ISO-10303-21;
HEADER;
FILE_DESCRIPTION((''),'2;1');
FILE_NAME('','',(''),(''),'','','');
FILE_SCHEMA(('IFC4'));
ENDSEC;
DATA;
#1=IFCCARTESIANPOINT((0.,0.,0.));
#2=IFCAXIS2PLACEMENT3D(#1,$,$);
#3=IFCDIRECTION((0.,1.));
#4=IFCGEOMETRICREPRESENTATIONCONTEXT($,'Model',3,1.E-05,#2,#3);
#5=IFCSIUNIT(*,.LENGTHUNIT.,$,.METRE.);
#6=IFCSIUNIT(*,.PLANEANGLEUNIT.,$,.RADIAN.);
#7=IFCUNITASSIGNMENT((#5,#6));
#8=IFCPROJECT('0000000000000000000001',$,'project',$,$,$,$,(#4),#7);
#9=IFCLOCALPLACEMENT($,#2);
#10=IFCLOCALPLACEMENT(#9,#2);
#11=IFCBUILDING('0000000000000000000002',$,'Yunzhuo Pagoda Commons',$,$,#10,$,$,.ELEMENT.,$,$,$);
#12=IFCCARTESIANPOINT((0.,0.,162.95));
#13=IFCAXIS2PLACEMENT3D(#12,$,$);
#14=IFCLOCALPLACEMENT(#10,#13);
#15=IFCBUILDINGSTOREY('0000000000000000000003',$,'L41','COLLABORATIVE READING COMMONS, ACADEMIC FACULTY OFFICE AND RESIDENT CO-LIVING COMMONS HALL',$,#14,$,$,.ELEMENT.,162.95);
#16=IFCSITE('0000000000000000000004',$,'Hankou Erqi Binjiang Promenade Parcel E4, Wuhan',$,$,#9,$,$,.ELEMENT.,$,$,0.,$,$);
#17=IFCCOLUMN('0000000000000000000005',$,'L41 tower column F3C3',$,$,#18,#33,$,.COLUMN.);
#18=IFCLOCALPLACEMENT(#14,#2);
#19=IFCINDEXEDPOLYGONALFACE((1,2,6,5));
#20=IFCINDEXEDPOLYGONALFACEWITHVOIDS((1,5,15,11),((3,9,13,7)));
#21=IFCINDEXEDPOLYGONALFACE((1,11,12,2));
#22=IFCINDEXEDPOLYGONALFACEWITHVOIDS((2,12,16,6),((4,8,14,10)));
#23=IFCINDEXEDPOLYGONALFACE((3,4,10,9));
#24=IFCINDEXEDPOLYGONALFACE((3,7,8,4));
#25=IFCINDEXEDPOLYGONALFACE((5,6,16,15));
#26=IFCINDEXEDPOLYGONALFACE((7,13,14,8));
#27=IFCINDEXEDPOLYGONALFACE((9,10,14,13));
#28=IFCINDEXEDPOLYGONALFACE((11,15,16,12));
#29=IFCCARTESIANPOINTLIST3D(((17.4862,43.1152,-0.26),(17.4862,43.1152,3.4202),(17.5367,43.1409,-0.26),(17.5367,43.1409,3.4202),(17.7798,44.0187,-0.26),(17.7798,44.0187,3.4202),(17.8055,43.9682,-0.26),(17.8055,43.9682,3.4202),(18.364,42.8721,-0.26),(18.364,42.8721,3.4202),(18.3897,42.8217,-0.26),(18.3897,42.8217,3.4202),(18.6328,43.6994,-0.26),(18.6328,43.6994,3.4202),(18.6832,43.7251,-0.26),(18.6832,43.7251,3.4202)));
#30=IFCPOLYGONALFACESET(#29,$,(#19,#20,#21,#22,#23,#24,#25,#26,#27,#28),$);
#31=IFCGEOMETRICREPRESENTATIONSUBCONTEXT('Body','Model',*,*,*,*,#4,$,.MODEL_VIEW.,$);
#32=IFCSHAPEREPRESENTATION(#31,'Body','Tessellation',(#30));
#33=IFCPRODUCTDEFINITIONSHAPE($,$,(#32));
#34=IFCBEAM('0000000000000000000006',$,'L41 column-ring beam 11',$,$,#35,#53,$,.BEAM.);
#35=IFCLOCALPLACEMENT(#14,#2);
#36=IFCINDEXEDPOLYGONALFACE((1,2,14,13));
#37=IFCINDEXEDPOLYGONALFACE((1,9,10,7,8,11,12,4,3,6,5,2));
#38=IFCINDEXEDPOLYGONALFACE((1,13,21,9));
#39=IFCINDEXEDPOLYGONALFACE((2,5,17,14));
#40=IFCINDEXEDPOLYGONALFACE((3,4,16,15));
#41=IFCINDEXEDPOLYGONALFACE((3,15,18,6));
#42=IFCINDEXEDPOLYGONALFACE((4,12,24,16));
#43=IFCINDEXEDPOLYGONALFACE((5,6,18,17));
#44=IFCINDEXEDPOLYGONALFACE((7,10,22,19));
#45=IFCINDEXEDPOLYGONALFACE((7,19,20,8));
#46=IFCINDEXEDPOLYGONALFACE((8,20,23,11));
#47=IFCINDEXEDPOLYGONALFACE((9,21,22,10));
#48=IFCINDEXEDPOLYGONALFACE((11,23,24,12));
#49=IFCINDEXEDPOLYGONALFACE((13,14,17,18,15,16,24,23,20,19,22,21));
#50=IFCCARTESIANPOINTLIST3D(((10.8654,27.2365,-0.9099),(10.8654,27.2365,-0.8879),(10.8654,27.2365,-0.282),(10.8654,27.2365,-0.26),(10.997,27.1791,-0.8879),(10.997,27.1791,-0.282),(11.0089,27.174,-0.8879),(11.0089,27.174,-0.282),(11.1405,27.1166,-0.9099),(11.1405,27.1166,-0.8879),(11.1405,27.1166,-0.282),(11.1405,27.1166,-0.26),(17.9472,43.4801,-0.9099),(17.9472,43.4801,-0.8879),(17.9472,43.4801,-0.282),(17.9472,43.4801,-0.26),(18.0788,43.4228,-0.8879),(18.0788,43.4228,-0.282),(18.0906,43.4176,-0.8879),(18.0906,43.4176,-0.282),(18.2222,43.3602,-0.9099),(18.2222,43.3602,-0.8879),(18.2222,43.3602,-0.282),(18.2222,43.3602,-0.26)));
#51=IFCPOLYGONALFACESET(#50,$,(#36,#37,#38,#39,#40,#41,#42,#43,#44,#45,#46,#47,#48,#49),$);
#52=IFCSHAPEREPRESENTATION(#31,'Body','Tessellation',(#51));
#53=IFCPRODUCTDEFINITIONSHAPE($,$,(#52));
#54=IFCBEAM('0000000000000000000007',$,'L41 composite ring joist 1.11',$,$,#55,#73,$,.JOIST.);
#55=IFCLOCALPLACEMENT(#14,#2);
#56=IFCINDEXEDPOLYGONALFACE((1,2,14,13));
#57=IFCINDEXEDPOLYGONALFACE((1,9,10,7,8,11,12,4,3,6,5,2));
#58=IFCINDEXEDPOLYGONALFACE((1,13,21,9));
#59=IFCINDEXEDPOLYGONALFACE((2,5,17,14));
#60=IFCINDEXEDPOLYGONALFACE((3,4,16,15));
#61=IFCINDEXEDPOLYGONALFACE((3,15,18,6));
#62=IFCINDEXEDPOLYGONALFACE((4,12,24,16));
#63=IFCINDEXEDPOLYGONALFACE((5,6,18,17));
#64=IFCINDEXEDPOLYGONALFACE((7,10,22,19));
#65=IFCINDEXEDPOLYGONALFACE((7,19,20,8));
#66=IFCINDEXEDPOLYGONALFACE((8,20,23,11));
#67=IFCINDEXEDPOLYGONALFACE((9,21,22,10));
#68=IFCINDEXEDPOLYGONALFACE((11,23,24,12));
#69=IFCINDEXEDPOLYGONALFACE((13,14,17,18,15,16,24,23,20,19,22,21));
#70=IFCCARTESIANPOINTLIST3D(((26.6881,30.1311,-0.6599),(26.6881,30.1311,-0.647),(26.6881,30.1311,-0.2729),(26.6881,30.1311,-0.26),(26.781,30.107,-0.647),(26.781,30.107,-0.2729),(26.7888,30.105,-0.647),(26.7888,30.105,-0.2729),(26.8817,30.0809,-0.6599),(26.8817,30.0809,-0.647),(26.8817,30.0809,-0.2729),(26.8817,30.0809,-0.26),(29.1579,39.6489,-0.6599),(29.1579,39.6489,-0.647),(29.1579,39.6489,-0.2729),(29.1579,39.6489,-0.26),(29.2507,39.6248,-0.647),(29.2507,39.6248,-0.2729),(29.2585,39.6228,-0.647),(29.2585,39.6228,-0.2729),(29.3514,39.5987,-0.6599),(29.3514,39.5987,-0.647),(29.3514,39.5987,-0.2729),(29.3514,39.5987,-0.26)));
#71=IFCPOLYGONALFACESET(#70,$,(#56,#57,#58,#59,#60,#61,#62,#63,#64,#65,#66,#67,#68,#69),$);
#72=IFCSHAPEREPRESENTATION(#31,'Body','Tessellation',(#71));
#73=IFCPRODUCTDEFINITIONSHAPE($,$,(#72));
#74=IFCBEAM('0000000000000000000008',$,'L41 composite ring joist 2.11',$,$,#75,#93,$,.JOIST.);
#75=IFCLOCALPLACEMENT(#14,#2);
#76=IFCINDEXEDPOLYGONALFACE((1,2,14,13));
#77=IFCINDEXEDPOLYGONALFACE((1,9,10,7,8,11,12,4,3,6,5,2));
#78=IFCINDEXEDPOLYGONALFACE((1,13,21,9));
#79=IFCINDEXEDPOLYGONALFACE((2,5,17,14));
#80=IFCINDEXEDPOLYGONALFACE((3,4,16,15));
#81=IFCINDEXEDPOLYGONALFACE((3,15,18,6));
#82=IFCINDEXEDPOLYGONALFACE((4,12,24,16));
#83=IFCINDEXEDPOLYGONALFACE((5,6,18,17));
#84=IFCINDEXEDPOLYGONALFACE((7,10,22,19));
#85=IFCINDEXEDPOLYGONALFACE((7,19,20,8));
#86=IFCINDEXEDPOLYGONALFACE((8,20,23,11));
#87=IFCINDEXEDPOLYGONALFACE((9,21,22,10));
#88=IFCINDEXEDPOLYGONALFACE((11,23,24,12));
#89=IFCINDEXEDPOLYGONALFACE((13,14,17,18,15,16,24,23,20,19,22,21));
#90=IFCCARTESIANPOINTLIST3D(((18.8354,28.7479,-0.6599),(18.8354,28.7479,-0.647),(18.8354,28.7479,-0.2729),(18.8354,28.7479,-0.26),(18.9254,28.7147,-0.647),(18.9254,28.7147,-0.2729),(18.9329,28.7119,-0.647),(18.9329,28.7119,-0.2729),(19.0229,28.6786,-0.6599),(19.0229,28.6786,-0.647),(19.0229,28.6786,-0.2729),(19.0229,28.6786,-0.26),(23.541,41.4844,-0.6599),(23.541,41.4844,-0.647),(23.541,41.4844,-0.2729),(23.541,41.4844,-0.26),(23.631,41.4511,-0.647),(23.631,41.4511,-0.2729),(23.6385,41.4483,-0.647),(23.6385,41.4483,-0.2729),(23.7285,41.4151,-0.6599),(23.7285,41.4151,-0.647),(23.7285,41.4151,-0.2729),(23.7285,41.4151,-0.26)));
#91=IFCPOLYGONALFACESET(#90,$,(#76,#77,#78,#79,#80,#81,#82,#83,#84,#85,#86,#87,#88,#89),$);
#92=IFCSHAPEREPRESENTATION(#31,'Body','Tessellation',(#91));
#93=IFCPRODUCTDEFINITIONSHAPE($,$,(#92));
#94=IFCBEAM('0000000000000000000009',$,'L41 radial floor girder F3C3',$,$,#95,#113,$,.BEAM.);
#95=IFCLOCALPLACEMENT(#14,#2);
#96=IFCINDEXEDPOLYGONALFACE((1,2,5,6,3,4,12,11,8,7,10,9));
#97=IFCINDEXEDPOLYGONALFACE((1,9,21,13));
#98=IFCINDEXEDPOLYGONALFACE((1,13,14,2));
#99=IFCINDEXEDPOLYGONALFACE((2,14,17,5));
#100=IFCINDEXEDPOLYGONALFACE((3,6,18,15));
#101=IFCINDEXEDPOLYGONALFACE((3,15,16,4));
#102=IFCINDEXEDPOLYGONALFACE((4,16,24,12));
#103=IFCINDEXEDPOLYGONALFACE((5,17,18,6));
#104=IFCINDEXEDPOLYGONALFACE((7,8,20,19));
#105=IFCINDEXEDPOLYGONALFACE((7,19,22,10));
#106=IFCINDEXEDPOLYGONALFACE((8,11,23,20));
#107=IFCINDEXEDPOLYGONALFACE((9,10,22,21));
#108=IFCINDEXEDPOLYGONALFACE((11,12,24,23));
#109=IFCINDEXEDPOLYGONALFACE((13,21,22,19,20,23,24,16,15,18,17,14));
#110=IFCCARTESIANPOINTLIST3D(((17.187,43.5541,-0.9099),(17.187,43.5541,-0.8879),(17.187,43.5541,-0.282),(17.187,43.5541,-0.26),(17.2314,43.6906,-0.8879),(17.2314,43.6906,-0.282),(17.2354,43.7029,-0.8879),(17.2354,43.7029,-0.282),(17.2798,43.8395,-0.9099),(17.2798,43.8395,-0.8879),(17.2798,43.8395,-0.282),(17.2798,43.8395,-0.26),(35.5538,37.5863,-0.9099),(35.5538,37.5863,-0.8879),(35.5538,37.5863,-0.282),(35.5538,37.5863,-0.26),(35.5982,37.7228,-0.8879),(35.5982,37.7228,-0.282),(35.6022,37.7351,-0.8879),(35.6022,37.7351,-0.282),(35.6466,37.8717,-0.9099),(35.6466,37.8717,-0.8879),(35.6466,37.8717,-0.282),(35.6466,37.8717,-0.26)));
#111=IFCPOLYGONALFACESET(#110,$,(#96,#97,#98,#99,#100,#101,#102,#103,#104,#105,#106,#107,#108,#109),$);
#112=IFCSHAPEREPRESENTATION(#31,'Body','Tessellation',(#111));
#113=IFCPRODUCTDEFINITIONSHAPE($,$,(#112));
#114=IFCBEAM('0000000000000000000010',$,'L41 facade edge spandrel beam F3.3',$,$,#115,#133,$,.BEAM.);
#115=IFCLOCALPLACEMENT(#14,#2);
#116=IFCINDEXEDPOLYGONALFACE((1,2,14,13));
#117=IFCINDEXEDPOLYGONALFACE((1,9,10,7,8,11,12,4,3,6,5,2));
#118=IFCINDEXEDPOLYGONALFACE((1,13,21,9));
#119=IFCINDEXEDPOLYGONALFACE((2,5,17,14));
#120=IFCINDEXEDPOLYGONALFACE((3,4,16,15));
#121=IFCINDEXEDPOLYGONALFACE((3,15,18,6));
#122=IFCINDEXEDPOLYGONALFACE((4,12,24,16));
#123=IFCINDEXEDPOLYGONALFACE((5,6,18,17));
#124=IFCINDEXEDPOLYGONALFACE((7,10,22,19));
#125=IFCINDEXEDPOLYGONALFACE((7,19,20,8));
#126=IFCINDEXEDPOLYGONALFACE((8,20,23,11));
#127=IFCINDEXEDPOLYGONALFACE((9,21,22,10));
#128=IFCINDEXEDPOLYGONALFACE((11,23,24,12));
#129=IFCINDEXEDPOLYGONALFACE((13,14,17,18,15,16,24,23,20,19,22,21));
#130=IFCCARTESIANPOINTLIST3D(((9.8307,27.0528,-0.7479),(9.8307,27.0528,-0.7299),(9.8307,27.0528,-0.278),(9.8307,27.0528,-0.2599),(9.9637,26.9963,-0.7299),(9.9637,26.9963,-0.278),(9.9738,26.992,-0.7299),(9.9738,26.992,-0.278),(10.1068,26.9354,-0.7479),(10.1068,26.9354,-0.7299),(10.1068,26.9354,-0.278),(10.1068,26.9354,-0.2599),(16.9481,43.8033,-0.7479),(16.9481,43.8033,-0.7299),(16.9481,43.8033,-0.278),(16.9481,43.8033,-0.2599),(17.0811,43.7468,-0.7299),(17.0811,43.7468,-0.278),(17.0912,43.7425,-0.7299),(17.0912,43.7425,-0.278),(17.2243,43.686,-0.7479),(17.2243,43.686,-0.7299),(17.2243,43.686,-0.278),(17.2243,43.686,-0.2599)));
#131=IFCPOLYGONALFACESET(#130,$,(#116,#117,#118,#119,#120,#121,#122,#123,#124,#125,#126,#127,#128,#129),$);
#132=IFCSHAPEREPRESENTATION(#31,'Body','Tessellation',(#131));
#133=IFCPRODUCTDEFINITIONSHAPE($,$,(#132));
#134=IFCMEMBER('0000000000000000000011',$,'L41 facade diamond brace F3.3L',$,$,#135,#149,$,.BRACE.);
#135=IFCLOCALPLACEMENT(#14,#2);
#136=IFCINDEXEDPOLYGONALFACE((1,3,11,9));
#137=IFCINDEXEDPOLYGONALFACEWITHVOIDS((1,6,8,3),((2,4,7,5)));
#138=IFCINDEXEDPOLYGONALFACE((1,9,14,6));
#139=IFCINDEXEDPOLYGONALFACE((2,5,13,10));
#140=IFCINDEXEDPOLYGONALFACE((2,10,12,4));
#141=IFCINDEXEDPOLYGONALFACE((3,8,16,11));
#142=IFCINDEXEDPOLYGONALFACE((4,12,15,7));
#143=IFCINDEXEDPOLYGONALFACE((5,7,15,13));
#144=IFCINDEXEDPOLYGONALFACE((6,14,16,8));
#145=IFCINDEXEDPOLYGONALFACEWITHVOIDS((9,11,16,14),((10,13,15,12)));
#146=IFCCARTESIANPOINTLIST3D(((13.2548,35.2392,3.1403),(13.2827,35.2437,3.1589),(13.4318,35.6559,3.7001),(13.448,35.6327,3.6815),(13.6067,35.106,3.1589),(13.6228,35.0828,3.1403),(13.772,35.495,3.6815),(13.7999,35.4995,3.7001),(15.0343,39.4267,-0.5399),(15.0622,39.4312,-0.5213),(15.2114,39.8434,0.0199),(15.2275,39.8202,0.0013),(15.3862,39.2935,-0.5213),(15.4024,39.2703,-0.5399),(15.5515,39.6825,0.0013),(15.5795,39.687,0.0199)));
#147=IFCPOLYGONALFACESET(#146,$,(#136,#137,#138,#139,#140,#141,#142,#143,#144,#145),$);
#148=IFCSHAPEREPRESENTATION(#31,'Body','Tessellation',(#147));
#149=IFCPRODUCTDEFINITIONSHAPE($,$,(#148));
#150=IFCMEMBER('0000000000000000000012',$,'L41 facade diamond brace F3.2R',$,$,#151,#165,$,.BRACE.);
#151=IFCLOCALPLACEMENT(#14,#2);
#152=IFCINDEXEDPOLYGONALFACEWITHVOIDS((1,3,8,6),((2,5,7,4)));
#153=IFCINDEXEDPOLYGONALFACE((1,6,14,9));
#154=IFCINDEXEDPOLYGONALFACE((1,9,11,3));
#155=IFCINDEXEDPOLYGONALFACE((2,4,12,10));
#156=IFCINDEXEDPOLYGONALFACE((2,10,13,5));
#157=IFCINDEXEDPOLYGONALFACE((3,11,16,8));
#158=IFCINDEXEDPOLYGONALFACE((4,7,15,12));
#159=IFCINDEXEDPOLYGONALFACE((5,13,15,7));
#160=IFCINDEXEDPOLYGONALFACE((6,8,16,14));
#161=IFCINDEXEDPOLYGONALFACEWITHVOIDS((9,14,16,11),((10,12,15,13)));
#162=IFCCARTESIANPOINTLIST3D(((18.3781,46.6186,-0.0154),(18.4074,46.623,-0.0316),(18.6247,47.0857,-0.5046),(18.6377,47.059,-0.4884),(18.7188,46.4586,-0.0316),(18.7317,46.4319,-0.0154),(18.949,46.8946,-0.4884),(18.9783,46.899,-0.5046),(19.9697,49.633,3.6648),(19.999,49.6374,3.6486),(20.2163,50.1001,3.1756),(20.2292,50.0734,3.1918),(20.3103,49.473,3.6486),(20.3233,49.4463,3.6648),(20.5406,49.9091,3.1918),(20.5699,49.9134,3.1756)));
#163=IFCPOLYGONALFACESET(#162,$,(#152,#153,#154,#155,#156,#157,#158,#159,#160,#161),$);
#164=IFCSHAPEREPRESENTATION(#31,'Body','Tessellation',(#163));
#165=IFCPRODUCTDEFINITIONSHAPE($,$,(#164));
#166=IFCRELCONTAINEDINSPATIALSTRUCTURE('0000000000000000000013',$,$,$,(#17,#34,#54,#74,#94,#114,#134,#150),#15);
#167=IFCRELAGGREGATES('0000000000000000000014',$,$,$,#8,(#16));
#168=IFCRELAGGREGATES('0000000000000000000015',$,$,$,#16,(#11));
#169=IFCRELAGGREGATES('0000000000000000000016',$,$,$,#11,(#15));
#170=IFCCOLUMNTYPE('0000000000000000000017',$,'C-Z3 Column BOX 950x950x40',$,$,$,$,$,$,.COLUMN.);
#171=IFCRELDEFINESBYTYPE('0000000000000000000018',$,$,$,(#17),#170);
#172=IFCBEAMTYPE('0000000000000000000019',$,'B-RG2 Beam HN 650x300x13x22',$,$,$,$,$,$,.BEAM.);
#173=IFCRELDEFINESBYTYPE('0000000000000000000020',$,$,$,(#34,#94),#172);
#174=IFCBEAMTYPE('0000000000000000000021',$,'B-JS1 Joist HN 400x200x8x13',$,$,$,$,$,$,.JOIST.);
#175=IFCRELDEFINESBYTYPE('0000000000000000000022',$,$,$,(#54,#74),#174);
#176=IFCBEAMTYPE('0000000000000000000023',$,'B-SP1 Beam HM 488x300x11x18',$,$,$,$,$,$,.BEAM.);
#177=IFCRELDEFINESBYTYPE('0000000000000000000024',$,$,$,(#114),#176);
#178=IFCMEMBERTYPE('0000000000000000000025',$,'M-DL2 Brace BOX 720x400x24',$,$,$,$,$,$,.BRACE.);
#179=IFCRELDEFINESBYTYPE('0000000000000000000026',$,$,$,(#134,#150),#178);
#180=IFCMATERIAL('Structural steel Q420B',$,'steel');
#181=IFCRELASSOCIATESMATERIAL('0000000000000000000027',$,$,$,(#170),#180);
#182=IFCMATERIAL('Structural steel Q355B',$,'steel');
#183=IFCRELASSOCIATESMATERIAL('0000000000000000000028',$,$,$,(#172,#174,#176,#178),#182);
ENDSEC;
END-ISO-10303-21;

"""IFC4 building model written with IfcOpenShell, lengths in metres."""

from ifc_helpers import new_model, si_unit, direction, frame, origin, origin_2d, place, context, subcontext, project, spatial, hollow_rectangle, i_section, extrude, source, transform, mapped, material, material_profile, profile_set, type_object, element, save


model = new_model("IFC4")

# Units and contexts
model_context = context("Model", 3, precision=1e-05, world=origin(), true_north=direction((0.0, 1.0)))
body_context = subcontext(model_context, "Body", "Model", "MODEL_VIEW")
ifc_project = project(units=[si_unit("LENGTHUNIT", "METRE"), si_unit("PLANEANGLEUNIT", "RADIAN")], contexts=[model_context])

# Site, building, storey
site_placement = place(None, origin())
site = spatial("IfcSite", under=ifc_project, at=site_placement, Name="Hankou Erqi Binjiang Promenade Parcel E4, Wuhan", CompositionType="ELEMENT", RefElevation=0.0)
building_placement = place(site_placement, origin())
building = spatial("IfcBuilding", under=site, at=building_placement, Name="Yunzhuo Pagoda Commons", CompositionType="ELEMENT")
storey_placement = place(building_placement, frame((0.0, 0.0, 162.95)))
storey = spatial("IfcBuildingStorey", under=building, at=storey_placement, Name="L41", Description="COLLABORATIVE READING COMMONS, ACADEMIC FACULTY OFFICE AND RESIDENT CO-LIVING COMMONS HALL", CompositionType="ELEMENT", Elevation=162.95)

# Column
ifc_material_1 = material(Name="Structural steel Q420B", Category="steel")
ifc_material_profile_1 = material_profile(ifc_material_1, hollow_rectangle(XDim=0.95, YDim=0.95, WallThickness=0.04, at=origin_2d()), Name="Structural steel Q420B")
ifc_profile_set_1 = profile_set([ifc_material_profile_1], Name="Structural steel Q420B")
column_type = type_object("IfcColumnType", Name="C-Z3 Column BOX 950x950x40", PredefinedType="COLUMN", material=ifc_profile_set_1)
shared_shape_1 = source(origin(), body_context, "Body", "SweptSolid", [
    extrude(hollow_rectangle(XDim=0.95, YDim=0.95, WallThickness=0.04, at=origin_2d()), origin(), (0.0, 0.0, 1.0), 3.6802),
])
column_placement = place(storey_placement, frame((18.0847, 43.4202, -0.26), z_axis=(0.0, 0.0, 1.0), x_axis=(-0.309017, -0.951057, 0.0)))
element("IfcColumn", 1, at=column_placement, inside=storey, type_object=column_type, Name="L41 tower column F3C3", PredefinedType="COLUMN", context=body_context, shape_type="MappedRepresentation", body=[
    mapped(shared_shape_1, transform((0.0, 0.0, 0.0), scale=1.0)),
])

# Beams
ifc_material_2 = material(Name="Structural steel Q355B", Category="steel")
ifc_material_profile_2 = material_profile(ifc_material_2, i_section(OverallWidth=0.3, OverallDepth=0.6499, WebThickness=0.0129, FlangeThickness=0.022, at=origin_2d()), Name="Structural steel Q355B")
ifc_profile_set_2 = profile_set([ifc_material_profile_2], Name="Structural steel Q355B")
beam_type_1 = type_object("IfcBeamType", Name="B-RG2 Beam HN 650x300x13x22", PredefinedType="BEAM", material=ifc_profile_set_2)
shared_shape_2 = source(origin(), body_context, "Body", "SweptSolid", [
    extrude(i_section(OverallWidth=0.3, OverallDepth=0.6499, WebThickness=0.0129, FlangeThickness=0.022, at=origin_2d()), origin(), (0.0, 0.0, 1.0), 17.7202),
])
beam_1_placement = place(storey_placement, frame((18.0847, 43.4202, -0.585), z_axis=(-0.399643, -0.916671, 0.0), x_axis=(0.916671, -0.399643, 0.0)))
element("IfcBeam", 2, at=beam_1_placement, inside=storey, type_object=beam_type_1, Name="L41 column-ring beam 11", PredefinedType="BEAM", context=body_context, shape_type="MappedRepresentation", body=[
    mapped(shared_shape_2, transform((0.0, 0.0, 0.0), scale=1.0)),
])
ifc_material_profile_3 = material_profile(ifc_material_2, i_section(OverallWidth=0.2, OverallDepth=0.3999, WebThickness=0.0081, FlangeThickness=0.0129, at=origin_2d()), Name="Structural steel Q355B")
ifc_profile_set_3 = profile_set([ifc_material_profile_3], Name="Structural steel Q355B")
beam_type_2 = type_object("IfcBeamType", Name="B-JS1 Joist HN 400x200x8x13", PredefinedType="JOIST", material=ifc_profile_set_3)
shared_shape_3 = source(origin(), body_context, "Body", "SweptSolid", [
    extrude(i_section(OverallWidth=0.2, OverallDepth=0.3999, WebThickness=0.0081, FlangeThickness=0.0129, at=origin_2d()), origin(), (0.0, 0.0, 1.0), 9.833),
])
beam_2_placement = place(storey_placement, frame((29.2546, 39.6238, -0.46), z_axis=(-0.251166, -0.967944, 0.0), x_axis=(0.967944, -0.251166, 0.0)))
element("IfcBeam", 3, at=beam_2_placement, inside=storey, type_object=beam_type_2, Name="L41 composite ring joist 1.11", PredefinedType="JOIST", context=body_context, shape_type="MappedRepresentation", body=[
    mapped(shared_shape_3, transform((0.0, 0.0, 0.0), scale=1.0)),
])
shared_shape_4 = source(origin(), body_context, "Body", "SweptSolid", [
    extrude(i_section(OverallWidth=0.2, OverallDepth=0.3999, WebThickness=0.0081, FlangeThickness=0.0129, at=origin_2d()), origin(), (0.0, 0.0, 1.0), 13.5779),
])
beam_3_placement = place(storey_placement, frame((23.6348, 41.4497, -0.46), z_axis=(-0.346563, -0.938027, 0.0), x_axis=(0.938027, -0.346563, 0.0)))
element("IfcBeam", 4, at=beam_3_placement, inside=storey, type_object=beam_type_2, Name="L41 composite ring joist 2.11", PredefinedType="JOIST", context=body_context, shape_type="MappedRepresentation", body=[
    mapped(shared_shape_4, transform((0.0, 0.0, 0.0), scale=1.0)),
])
shared_shape_5 = source(origin(), body_context, "Body", "SweptSolid", [
    extrude(i_section(OverallWidth=0.3, OverallDepth=0.6499, WebThickness=0.0129, FlangeThickness=0.022, at=origin_2d()), origin(), (0.0, 0.0, 1.0), 19.312),
])
beam_4_placement = place(storey_placement, frame((17.2334, 43.6968, -0.585), z_axis=(0.951055, -0.30902, 0.0), x_axis=(0.30902, 0.951055, 0.0)))
element("IfcBeam", 5, at=beam_4_placement, inside=storey, type_object=beam_type_1, Name="L41 radial floor girder F3C3", PredefinedType="BEAM", context=body_context, shape_type="MappedRepresentation", body=[
    mapped(shared_shape_5, transform((0.0, 0.0, 0.0), scale=1.0)),
])
ifc_material_profile_4 = material_profile(ifc_material_2, i_section(OverallWidth=0.3, OverallDepth=0.488, WebThickness=0.011, FlangeThickness=0.0181, at=origin_2d()), Name="Structural steel Q355B")
ifc_profile_set_4 = profile_set([ifc_material_profile_4], Name="Structural steel Q355B")
beam_type_3 = type_object("IfcBeamType", Name="B-SP1 Beam HM 488x300x11x18", PredefinedType="BEAM", material=ifc_profile_set_4)
shared_shape_6 = source(origin(), body_context, "Body", "SweptSolid", [
    extrude(i_section(OverallWidth=0.3, OverallDepth=0.488, WebThickness=0.011, FlangeThickness=0.0181, at=origin_2d()), origin(), (0.0, 0.0, 1.0), 18.2),
])
beam_5_placement = place(storey_placement, frame((17.0862, 43.7446, -0.5039), z_axis=(-0.39107, -0.920361, 0.0), x_axis=(0.920361, -0.39107, 0.0)))
element("IfcBeam", 6, at=beam_5_placement, inside=storey, type_object=beam_type_3, Name="L41 facade edge spandrel beam F3.3", PredefinedType="BEAM", context=body_context, shape_type="MappedRepresentation", body=[
    mapped(shared_shape_6, transform((0.0, 0.0, 0.0), scale=1.0)),
])

# Members
ifc_material_profile_5 = material_profile(ifc_material_2, hollow_rectangle(XDim=0.3999, YDim=0.72, WallThickness=0.0239, at=origin_2d()), Name="Structural steel Q355B")
ifc_profile_set_5 = profile_set([ifc_material_profile_5], Name="Structural steel Q355B")
member_type_1 = type_object("IfcMemberType", Name="M-DL2 Brace BOX 720x400x24", PredefinedType="BRACE", material=ifc_profile_set_5)
shared_shape_7 = source(origin(), body_context, "Body", "SweptSolid", [
    extrude(hollow_rectangle(XDim=0.3999, YDim=0.72, WallThickness=0.0239, at=origin_2d()), origin(), (0.0, 0.0, 1.0), 5.8521),
])
member_1_placement = place(storey_placement, frame((15.3069, 39.5569, -0.26), z_axis=(-0.304092, -0.71557, 0.628878), x_axis=(0.920343, -0.391113, 0.0)))
element("IfcMember", 7, at=member_1_placement, inside=storey, type_object=member_type_1, Name="L41 facade diamond brace F3.3L", PredefinedType="BRACE", context=body_context, shape_type="MappedRepresentation", body=[
    mapped(shared_shape_7, transform((0.0, 0.0, 0.0), scale=1.0)),
])
shared_shape_8 = source(origin(), body_context, "Body", "SweptSolid", [
    extrude(hollow_rectangle(XDim=0.3999, YDim=0.72, WallThickness=0.0239, at=origin_2d()), origin(), (0.0, 0.0, 1.0), 5.0164),
])
member_2_placement = place(storey_placement, frame((18.6782, 46.7588, -0.26), z_axis=(0.317276, 0.600921, 0.733642), x_axis=(-0.88431, 0.4669, 0.0)))
element("IfcMember", 8, at=member_2_placement, inside=storey, type_object=member_type_1, Name="L41 facade diamond brace F3.2R", PredefinedType="BRACE", context=body_context, shape_type="MappedRepresentation", body=[
    mapped(shared_shape_8, transform((0.0, 0.0, 0.0), scale=1.0)),
])

save(model, "model.ifc")
